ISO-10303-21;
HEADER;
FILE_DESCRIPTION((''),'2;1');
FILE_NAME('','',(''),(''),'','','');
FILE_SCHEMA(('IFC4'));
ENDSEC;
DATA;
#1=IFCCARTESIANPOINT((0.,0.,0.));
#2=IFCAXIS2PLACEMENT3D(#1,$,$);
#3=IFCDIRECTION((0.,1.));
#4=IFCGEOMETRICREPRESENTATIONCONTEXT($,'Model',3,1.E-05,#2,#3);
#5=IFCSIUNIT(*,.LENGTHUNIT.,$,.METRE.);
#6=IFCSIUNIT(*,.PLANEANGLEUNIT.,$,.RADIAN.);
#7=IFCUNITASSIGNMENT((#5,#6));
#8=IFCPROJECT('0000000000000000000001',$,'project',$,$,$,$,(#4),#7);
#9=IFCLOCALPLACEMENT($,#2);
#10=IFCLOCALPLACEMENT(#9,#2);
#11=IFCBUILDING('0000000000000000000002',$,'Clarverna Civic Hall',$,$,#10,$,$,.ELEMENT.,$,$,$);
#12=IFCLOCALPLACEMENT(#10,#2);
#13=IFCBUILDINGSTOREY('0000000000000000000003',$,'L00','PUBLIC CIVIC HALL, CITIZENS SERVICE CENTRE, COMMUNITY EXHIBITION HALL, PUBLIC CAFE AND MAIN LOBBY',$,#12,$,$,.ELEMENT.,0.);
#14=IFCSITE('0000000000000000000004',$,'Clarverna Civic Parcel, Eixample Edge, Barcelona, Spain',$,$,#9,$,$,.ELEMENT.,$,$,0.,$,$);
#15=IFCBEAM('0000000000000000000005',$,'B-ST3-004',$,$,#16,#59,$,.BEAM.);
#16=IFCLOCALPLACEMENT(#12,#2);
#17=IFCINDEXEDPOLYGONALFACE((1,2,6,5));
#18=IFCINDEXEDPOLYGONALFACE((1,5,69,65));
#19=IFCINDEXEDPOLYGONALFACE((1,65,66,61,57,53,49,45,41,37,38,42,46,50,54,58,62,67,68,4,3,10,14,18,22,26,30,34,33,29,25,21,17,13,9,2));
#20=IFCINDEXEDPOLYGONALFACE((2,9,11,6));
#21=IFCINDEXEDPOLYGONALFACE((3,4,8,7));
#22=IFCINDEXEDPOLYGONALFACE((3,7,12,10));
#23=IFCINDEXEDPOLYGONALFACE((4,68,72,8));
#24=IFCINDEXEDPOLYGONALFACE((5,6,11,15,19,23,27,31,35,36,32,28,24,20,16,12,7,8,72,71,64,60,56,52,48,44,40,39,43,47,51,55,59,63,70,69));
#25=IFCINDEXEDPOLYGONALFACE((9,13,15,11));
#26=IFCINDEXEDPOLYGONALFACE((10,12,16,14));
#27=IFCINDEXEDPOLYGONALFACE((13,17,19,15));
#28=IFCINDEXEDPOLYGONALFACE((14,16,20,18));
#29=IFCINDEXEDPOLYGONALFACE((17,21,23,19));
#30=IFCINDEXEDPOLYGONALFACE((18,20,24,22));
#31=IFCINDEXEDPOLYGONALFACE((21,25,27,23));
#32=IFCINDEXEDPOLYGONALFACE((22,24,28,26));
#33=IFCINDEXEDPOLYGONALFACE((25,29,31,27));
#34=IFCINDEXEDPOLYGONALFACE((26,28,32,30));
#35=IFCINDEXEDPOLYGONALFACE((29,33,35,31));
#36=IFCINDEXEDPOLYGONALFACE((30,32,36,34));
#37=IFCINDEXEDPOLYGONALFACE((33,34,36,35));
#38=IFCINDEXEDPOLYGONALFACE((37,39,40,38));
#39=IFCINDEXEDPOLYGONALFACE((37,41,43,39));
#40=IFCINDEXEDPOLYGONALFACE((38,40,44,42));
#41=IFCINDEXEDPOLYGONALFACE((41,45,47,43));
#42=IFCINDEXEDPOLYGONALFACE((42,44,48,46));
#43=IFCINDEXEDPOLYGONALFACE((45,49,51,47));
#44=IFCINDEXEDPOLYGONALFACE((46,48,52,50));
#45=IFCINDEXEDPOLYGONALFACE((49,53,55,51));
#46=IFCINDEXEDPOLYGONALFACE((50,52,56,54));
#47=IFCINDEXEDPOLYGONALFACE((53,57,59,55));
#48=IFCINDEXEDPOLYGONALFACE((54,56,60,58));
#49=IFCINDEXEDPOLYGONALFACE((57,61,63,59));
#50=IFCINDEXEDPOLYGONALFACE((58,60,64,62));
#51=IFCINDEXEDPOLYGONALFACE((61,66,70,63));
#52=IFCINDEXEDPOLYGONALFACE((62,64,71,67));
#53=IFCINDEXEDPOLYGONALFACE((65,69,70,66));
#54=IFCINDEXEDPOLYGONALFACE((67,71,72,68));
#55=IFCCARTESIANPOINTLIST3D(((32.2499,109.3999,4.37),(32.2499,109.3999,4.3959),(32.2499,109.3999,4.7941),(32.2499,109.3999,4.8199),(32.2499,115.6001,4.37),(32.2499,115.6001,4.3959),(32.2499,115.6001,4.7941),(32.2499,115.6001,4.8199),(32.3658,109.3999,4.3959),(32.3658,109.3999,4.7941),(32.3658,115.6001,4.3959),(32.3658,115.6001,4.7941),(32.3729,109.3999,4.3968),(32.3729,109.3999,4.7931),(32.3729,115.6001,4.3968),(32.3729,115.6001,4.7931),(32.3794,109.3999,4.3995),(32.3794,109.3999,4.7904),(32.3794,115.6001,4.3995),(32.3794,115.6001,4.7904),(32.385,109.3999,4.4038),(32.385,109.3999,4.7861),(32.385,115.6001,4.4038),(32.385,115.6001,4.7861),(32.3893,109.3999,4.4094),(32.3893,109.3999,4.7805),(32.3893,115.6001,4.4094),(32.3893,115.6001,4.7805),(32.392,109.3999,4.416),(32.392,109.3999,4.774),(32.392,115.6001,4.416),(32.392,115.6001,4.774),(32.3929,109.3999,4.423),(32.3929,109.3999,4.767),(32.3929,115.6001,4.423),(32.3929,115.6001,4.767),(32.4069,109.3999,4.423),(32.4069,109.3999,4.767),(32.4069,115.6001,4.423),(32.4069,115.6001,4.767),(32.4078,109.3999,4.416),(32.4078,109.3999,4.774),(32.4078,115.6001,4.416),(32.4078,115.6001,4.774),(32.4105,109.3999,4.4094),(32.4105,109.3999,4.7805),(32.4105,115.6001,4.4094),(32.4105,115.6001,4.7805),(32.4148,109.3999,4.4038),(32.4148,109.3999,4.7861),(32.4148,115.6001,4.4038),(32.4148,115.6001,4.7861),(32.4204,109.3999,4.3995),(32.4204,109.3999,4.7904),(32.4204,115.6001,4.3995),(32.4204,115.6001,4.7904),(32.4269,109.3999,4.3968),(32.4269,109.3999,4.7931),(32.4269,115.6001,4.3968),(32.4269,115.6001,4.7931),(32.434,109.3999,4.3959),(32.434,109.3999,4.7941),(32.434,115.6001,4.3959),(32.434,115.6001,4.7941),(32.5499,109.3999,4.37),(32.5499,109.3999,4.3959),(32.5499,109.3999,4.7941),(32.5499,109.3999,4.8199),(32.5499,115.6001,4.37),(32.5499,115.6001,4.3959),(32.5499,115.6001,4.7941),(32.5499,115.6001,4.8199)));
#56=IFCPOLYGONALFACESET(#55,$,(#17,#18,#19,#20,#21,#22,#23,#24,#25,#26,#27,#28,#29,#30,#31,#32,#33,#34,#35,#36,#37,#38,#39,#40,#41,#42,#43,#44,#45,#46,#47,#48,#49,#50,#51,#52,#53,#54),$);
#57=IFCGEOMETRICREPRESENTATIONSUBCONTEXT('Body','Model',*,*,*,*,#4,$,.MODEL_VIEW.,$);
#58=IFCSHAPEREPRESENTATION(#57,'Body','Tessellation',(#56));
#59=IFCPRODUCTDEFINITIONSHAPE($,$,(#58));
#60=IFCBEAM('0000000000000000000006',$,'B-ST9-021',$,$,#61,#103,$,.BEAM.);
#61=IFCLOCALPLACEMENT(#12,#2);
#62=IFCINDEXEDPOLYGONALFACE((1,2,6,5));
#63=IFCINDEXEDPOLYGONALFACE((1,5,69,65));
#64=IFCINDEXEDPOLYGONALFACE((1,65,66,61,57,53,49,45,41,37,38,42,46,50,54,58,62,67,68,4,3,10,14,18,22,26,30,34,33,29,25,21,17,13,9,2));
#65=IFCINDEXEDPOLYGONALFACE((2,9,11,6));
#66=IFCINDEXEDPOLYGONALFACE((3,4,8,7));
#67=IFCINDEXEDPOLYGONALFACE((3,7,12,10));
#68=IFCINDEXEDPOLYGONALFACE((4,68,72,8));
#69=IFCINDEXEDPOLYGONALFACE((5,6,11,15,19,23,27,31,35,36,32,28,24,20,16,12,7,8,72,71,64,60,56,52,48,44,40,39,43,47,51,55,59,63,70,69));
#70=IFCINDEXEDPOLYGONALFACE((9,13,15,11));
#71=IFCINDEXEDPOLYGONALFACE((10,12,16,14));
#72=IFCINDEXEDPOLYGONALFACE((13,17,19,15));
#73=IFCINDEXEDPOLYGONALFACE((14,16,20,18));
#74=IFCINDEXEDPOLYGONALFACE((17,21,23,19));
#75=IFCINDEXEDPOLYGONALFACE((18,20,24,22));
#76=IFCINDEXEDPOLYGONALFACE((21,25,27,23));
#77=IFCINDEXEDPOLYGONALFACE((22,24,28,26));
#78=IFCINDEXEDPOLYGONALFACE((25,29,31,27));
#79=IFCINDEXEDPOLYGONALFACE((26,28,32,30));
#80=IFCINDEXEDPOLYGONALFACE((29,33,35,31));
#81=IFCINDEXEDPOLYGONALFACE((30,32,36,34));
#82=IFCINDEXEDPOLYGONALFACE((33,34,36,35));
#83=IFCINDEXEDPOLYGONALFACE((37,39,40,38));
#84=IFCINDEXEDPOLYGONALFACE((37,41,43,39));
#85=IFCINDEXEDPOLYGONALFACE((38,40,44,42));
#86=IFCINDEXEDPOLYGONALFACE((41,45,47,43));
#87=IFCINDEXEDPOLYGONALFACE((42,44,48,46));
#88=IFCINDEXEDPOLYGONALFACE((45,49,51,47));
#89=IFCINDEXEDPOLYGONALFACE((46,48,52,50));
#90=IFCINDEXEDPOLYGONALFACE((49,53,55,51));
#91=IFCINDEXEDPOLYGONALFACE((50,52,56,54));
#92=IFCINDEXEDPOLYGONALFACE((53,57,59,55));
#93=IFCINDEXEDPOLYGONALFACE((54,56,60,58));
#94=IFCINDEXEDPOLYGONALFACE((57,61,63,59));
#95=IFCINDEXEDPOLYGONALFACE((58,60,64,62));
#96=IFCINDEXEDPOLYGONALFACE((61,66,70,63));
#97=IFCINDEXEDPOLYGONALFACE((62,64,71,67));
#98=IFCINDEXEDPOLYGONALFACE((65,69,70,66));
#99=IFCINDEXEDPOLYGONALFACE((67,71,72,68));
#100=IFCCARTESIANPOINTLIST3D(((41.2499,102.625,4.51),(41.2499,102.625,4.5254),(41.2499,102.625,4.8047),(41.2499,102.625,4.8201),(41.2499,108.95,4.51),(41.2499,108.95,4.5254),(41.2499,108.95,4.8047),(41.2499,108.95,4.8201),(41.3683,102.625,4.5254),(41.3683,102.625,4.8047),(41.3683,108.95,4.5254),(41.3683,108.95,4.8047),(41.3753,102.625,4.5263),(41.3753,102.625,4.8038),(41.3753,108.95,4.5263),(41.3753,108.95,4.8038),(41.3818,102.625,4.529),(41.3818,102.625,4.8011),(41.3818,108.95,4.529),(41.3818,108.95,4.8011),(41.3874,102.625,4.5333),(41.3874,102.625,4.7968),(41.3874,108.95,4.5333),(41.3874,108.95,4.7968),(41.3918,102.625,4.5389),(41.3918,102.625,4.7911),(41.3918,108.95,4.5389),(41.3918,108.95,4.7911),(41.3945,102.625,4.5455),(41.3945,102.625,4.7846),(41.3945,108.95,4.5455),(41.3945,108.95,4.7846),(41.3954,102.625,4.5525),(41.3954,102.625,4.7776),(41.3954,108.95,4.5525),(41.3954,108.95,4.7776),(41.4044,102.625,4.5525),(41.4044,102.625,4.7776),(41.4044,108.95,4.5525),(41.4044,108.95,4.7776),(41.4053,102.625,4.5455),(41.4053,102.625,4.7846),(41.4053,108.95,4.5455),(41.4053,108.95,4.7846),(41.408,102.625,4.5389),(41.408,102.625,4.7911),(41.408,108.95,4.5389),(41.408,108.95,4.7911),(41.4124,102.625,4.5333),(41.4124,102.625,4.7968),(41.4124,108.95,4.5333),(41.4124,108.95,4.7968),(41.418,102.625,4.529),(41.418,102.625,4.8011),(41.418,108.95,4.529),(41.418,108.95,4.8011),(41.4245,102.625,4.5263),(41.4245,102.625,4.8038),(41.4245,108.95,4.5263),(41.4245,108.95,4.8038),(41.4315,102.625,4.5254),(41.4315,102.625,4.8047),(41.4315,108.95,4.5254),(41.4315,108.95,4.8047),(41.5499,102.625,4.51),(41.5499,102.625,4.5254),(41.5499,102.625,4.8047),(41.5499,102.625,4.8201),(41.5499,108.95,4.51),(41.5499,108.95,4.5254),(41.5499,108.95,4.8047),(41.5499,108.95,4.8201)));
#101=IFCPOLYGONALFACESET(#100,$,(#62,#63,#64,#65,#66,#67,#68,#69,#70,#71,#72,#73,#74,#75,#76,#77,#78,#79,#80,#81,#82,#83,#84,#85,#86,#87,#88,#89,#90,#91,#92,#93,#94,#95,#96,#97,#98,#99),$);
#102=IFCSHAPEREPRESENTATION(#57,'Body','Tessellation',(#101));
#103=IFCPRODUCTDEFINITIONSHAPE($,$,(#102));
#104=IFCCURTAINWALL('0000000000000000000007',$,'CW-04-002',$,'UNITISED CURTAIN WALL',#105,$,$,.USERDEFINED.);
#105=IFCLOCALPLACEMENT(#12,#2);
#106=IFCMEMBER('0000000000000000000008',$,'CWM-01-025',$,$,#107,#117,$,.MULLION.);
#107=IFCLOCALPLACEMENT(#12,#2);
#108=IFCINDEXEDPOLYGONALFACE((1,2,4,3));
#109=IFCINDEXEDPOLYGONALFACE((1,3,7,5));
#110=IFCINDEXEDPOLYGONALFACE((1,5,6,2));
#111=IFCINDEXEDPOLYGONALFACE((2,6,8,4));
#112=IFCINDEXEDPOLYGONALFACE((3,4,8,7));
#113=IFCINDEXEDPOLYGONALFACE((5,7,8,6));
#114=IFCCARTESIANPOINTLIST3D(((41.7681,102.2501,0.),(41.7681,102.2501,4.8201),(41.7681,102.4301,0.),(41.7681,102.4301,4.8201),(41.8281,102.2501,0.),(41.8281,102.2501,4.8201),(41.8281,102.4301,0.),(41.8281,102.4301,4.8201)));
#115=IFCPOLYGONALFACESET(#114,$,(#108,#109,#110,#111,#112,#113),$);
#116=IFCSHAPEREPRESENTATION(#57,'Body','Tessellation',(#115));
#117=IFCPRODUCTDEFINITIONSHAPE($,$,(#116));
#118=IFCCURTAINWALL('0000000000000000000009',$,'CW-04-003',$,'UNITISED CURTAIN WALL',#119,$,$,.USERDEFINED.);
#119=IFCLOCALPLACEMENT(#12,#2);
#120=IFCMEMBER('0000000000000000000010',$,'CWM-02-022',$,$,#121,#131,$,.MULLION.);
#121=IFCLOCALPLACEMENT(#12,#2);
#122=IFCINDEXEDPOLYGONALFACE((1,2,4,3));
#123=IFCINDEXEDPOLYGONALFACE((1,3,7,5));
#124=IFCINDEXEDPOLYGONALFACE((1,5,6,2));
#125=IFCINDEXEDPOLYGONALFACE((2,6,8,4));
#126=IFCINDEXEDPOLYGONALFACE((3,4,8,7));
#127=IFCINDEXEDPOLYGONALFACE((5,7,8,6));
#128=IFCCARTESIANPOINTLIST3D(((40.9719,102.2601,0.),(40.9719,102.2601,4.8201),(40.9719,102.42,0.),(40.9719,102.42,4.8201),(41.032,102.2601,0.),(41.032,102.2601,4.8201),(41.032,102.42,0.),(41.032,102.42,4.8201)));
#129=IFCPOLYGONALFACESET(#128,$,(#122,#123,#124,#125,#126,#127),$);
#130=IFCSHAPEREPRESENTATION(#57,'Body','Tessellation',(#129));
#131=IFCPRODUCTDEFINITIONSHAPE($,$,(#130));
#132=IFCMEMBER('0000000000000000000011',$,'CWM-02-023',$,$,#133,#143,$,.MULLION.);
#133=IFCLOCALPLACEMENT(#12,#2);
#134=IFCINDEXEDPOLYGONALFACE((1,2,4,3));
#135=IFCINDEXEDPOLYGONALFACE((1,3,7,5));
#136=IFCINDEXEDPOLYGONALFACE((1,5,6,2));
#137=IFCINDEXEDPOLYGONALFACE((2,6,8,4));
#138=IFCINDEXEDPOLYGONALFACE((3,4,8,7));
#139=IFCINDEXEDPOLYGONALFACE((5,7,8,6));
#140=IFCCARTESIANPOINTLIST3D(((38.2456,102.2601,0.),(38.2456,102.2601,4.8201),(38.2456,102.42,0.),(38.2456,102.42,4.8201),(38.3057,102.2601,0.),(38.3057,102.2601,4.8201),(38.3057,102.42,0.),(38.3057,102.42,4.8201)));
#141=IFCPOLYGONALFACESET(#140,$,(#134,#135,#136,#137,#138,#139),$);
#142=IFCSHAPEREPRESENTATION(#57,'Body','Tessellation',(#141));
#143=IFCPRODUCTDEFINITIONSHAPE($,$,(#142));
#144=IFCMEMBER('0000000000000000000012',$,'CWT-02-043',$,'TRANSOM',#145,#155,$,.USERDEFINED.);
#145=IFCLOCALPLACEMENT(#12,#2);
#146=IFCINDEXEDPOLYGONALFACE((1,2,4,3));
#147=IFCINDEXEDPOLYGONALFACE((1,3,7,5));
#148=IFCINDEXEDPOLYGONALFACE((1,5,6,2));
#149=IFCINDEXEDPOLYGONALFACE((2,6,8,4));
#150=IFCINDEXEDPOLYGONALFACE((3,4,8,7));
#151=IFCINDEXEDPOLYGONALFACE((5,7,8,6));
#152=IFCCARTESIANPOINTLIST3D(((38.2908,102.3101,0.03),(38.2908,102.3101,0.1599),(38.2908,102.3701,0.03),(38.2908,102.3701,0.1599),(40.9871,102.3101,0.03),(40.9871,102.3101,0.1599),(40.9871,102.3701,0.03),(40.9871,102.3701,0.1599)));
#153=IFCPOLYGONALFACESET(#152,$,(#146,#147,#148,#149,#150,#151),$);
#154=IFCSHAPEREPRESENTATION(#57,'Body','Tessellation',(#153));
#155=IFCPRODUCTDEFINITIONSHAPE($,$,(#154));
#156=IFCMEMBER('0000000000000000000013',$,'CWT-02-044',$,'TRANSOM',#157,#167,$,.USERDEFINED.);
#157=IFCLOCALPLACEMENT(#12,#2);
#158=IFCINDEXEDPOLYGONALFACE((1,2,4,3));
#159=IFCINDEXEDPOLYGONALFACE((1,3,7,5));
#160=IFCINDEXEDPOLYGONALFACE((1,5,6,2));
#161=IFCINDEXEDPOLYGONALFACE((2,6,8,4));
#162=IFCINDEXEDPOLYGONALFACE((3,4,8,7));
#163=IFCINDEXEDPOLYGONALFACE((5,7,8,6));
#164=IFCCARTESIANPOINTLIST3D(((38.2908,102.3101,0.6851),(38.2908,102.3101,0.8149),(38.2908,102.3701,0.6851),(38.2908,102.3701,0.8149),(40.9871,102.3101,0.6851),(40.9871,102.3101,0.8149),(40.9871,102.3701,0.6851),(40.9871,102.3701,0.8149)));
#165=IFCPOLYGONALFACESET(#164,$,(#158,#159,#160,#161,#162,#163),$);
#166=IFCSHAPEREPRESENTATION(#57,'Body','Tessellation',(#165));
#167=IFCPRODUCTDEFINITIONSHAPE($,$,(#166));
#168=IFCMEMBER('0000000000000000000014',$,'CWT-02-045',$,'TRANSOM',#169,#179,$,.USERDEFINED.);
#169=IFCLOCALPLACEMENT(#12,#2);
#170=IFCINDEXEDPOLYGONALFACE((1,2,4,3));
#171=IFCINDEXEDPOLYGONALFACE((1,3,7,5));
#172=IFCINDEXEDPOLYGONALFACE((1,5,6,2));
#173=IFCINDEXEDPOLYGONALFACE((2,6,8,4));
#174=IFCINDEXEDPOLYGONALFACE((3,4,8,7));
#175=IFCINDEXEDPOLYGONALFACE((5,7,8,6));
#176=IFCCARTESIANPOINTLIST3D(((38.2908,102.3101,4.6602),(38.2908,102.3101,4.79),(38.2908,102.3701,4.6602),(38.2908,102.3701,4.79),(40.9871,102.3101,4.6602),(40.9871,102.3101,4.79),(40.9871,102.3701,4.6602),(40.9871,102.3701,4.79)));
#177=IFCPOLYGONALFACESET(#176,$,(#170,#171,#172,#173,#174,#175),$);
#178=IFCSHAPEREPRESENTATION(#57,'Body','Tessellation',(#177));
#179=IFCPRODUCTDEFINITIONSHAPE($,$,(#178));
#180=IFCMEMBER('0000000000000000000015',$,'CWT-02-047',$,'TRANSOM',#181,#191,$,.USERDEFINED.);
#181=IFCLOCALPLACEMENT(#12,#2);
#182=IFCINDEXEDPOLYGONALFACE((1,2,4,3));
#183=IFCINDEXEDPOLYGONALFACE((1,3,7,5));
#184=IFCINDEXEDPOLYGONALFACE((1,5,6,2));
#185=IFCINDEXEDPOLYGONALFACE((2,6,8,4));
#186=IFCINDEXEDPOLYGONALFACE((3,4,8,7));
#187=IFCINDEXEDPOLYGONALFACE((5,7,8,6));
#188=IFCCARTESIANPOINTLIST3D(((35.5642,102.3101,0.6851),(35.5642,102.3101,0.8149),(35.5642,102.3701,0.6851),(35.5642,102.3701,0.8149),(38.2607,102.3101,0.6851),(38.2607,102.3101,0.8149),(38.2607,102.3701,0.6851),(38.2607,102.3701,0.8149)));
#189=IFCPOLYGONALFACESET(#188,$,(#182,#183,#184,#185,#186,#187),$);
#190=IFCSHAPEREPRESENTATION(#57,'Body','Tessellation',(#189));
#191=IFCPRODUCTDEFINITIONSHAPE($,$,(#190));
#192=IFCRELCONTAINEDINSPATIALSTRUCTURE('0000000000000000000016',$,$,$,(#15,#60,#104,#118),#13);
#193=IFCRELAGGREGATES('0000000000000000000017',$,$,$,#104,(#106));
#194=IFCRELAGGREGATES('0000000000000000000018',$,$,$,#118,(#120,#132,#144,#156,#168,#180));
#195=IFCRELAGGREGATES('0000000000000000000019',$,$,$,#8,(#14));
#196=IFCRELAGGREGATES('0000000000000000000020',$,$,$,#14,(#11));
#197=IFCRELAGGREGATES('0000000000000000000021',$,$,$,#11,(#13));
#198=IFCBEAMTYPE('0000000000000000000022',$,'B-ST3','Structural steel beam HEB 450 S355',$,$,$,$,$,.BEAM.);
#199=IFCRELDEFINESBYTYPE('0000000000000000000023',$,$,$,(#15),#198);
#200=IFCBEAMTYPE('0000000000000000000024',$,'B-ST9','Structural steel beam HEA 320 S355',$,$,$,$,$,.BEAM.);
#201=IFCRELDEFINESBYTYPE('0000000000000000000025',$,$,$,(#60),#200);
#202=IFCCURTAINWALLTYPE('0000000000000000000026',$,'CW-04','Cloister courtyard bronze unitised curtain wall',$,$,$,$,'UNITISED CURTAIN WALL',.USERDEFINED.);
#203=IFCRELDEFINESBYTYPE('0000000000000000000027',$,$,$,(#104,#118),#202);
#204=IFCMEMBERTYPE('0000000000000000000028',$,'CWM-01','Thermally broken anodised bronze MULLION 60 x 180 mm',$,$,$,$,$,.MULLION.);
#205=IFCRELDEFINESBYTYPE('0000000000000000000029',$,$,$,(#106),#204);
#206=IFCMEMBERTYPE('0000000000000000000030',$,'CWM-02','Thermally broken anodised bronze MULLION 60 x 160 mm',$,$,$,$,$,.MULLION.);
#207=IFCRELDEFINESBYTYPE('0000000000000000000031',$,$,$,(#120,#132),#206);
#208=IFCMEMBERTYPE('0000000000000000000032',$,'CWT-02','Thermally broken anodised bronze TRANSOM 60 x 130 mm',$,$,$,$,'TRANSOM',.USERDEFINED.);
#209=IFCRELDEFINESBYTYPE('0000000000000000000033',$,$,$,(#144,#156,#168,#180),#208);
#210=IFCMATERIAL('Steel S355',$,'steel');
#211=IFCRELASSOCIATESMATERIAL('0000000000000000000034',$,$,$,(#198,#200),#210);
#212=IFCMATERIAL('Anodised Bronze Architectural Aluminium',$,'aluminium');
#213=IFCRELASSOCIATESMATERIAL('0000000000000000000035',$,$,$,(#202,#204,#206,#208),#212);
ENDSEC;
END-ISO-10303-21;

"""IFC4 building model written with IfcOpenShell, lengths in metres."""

from ifc_helpers import new_model, si_unit, direction, frame, origin, origin_2d, place, context, subcontext, project, spatial, rectangle, i_section, extrude, material, material_profile, profile_set, type_object, element, aggregate, save


model = new_model("IFC4")

# Units and contexts
model_context = context("Model", 3, precision=1e-05, world=origin(), true_north=direction((0.0, 1.0)))
body_context = subcontext(model_context, "Body", "Model", "MODEL_VIEW")
ifc_project = project(units=[si_unit("LENGTHUNIT", "METRE"), si_unit("PLANEANGLEUNIT", "RADIAN")], contexts=[model_context])

# Site, building, storey
site_placement = place(None, origin())
site = spatial("IfcSite", under=ifc_project, at=site_placement, Name="Clarverna Civic Parcel, Eixample Edge, Barcelona, Spain", CompositionType="ELEMENT", RefElevation=0.0)
building_placement = place(site_placement, origin())
building = spatial("IfcBuilding", under=site, at=building_placement, Name="Clarverna Civic Hall", CompositionType="ELEMENT")
storey_placement = place(building_placement, origin())
storey = spatial("IfcBuildingStorey", under=building, at=storey_placement, Name="L00", Description="PUBLIC CIVIC HALL, CITIZENS SERVICE CENTRE, COMMUNITY EXHIBITION HALL, PUBLIC CAFE AND MAIN LOBBY", CompositionType="ELEMENT", Elevation=0.0)

# Beams
ifc_material_1 = material(Name="Steel S355", Category="steel")
ifc_material_profile_1 = material_profile(ifc_material_1, i_section(OverallWidth=0.3, OverallDepth=0.45, WebThickness=0.0139, FlangeThickness=0.0259, FilletRadius=0.0271, at=origin_2d()), Name="HEB 450")
ifc_profile_set_1 = profile_set([ifc_material_profile_1], Name="Steel S355")
beam_type_1 = type_object("IfcBeamType", Name="B-ST3", Description="Structural steel beam HEB 450 S355", PredefinedType="BEAM", material=ifc_profile_set_1)
beam_1_placement = place(storey_placement, frame((32.3999, 109.3999, 4.595), z_axis=(0.0, 1.0, 0.0), x_axis=(-1.0, 0.0, 0.0)))
element("IfcBeam", 1, at=beam_1_placement, inside=storey, type_object=beam_type_1, Name="B-ST3-004", PredefinedType="BEAM", context=body_context, shape_type="SweptSolid", body=[
    extrude(i_section(OverallWidth=0.3, OverallDepth=0.45, WebThickness=0.0139, FlangeThickness=0.0259, FilletRadius=0.0271, at=origin_2d()), origin(), (0.0, 0.0, 1.0), 6.2002),
])
ifc_material_profile_2 = material_profile(ifc_material_1, i_section(OverallWidth=0.3, OverallDepth=0.3101, WebThickness=0.009, FlangeThickness=0.0154, FilletRadius=0.0271, at=origin_2d()), Name="HEA 320")
ifc_profile_set_2 = profile_set([ifc_material_profile_2], Name="Steel S355")
beam_type_2 = type_object("IfcBeamType", Name="B-ST9", Description="Structural steel beam HEA 320 S355", PredefinedType="BEAM", material=ifc_profile_set_2)
beam_2_placement = place(storey_placement, frame((41.3999, 102.625, 4.665), z_axis=(0.0, 1.0, 0.0), x_axis=(-1.0, 0.0, 0.0)))
element("IfcBeam", 2, at=beam_2_placement, inside=storey, type_object=beam_type_2, Name="B-ST9-021", PredefinedType="BEAM", context=body_context, shape_type="SweptSolid", body=[
    extrude(i_section(OverallWidth=0.3, OverallDepth=0.3101, WebThickness=0.009, FlangeThickness=0.0154, FilletRadius=0.0271, at=origin_2d()), origin(), (0.0, 0.0, 1.0), 6.325),
])

# Curtain wall, member
ifc_material_2 = material(Name="Anodised Bronze Architectural Aluminium", Category="aluminium")
curtain_wall_type = type_object("IfcCurtainWallType", Name="CW-04", Description="Cloister courtyard bronze unitised curtain wall", ElementType="UNITISED CURTAIN WALL", PredefinedType="USERDEFINED", material=ifc_material_2)
curtain_wall_1_placement = place(storey_placement, origin())
curtain_wall_1 = element("IfcCurtainWall", 3, at=curtain_wall_1_placement, inside=storey, type_object=curtain_wall_type, Name="CW-04-002", ObjectType="UNITISED CURTAIN WALL", PredefinedType="USERDEFINED")
ifc_material_profile_3 = material_profile(ifc_material_2, rectangle(XDim=0.0601, YDim=0.1799, at=origin_2d()), Name="BRONZE 60x180")
ifc_profile_set_3 = profile_set([ifc_material_profile_3], Name="Anodised Bronze Architectural Aluminium")
member_type_1 = type_object("IfcMemberType", Name="CWM-01", Description="Thermally broken anodised bronze MULLION 60 x 180 mm", PredefinedType="MULLION", material=ifc_profile_set_3)
member_1_placement = place(storey_placement, frame((41.7981, 102.3401, 0.0), z_axis=(0.0, 0.0, 1.0), x_axis=(1.0, 0.0, 0.0)))
member_1 = element("IfcMember", 4, at=member_1_placement, type_object=member_type_1, Name="CWM-01-025", PredefinedType="MULLION", context=body_context, shape_type="SweptSolid", body=[
    extrude(rectangle(XDim=0.0601, YDim=0.1799, at=origin_2d()), origin(), (0.0, 0.0, 1.0), 4.8201),
])
aggregate(curtain_wall_1, [member_1])

# Curtain wall, members
curtain_wall_2_placement = place(storey_placement, origin())
curtain_wall_2 = element("IfcCurtainWall", 5, at=curtain_wall_2_placement, inside=storey, type_object=curtain_wall_type, Name="CW-04-003", ObjectType="UNITISED CURTAIN WALL", PredefinedType="USERDEFINED")
ifc_material_profile_4 = material_profile(ifc_material_2, rectangle(XDim=0.0601, YDim=0.1599, at=origin_2d()), Name="BRONZE 60x160")
ifc_profile_set_4 = profile_set([ifc_material_profile_4], Name="Anodised Bronze Architectural Aluminium")
member_type_2 = type_object("IfcMemberType", Name="CWM-02", Description="Thermally broken anodised bronze MULLION 60 x 160 mm", PredefinedType="MULLION", material=ifc_profile_set_4)
member_2_placement = place(storey_placement, frame((41.002, 102.3401, 0.0), z_axis=(0.0, 0.0, 1.0), x_axis=(1.0, 0.0, 0.0)))
member_2 = element("IfcMember", 6, at=member_2_placement, type_object=member_type_2, Name="CWM-02-022", PredefinedType="MULLION", context=body_context, shape_type="SweptSolid", body=[
    extrude(rectangle(XDim=0.0601, YDim=0.1599, at=origin_2d()), origin(), (0.0, 0.0, 1.0), 4.8201),
])
member_3_placement = place(storey_placement, frame((38.2756, 102.3401, 0.0), z_axis=(0.0, 0.0, 1.0), x_axis=(1.0, 0.0, 0.0)))
member_3 = element("IfcMember", 7, at=member_3_placement, type_object=member_type_2, Name="CWM-02-023", PredefinedType="MULLION", context=body_context, shape_type="SweptSolid", body=[
    extrude(rectangle(XDim=0.0601, YDim=0.1599, at=origin_2d()), origin(), (0.0, 0.0, 1.0), 4.8201),
])
ifc_material_profile_5 = material_profile(ifc_material_2, rectangle(XDim=0.0601, YDim=0.1299, at=origin_2d()), Name="BRONZE 60x130")
ifc_profile_set_5 = profile_set([ifc_material_profile_5], Name="Anodised Bronze Architectural Aluminium")
member_type_3 = type_object("IfcMemberType", Name="CWT-02", Description="Thermally broken anodised bronze TRANSOM 60 x 130 mm", ElementType="TRANSOM", PredefinedType="USERDEFINED", material=ifc_profile_set_5)
member_4_placement = place(storey_placement, frame((40.9871, 102.3401, 0.095), z_axis=(-1.0, 0.0, 0.0), x_axis=(0.0, -1.0, 0.0)))
member_4 = element("IfcMember", 8, at=member_4_placement, type_object=member_type_3, Name="CWT-02-043", ObjectType="TRANSOM", PredefinedType="USERDEFINED", context=body_context, shape_type="SweptSolid", body=[
    extrude(rectangle(XDim=0.0601, YDim=0.1299, at=origin_2d()), origin(), (0.0, 0.0, 1.0), 2.6963),
])
member_5_placement = place(storey_placement, frame((40.9871, 102.3401, 0.75), z_axis=(-1.0, 0.0, 0.0), x_axis=(0.0, -1.0, 0.0)))
member_5 = element("IfcMember", 9, at=member_5_placement, type_object=member_type_3, Name="CWT-02-044", ObjectType="TRANSOM", PredefinedType="USERDEFINED", context=body_context, shape_type="SweptSolid", body=[
    extrude(rectangle(XDim=0.0601, YDim=0.1299, at=origin_2d()), origin(), (0.0, 0.0, 1.0), 2.6963),
])
member_6_placement = place(storey_placement, frame((40.9871, 102.3401, 4.7251), z_axis=(-1.0, 0.0, 0.0), x_axis=(0.0, -1.0, 0.0)))
member_6 = element("IfcMember", 10, at=member_6_placement, type_object=member_type_3, Name="CWT-02-045", ObjectType="TRANSOM", PredefinedType="USERDEFINED", context=body_context, shape_type="SweptSolid", body=[
    extrude(rectangle(XDim=0.0601, YDim=0.1299, at=origin_2d()), origin(), (0.0, 0.0, 1.0), 2.6963),
])
member_7_placement = place(storey_placement, frame((38.2607, 102.3401, 0.75), z_axis=(-1.0, 0.0, 0.0), x_axis=(0.0, -1.0, 0.0)))
member_7 = element("IfcMember", 11, at=member_7_placement, type_object=member_type_3, Name="CWT-02-047", ObjectType="TRANSOM", PredefinedType="USERDEFINED", context=body_context, shape_type="SweptSolid", body=[
    extrude(rectangle(XDim=0.0601, YDim=0.1299, at=origin_2d()), origin(), (0.0, 0.0, 1.0), 2.6965),
])

aggregate(curtain_wall_2, [member_2, member_3, member_4, member_5, member_6, member_7])

save(model, "model.ifc")
